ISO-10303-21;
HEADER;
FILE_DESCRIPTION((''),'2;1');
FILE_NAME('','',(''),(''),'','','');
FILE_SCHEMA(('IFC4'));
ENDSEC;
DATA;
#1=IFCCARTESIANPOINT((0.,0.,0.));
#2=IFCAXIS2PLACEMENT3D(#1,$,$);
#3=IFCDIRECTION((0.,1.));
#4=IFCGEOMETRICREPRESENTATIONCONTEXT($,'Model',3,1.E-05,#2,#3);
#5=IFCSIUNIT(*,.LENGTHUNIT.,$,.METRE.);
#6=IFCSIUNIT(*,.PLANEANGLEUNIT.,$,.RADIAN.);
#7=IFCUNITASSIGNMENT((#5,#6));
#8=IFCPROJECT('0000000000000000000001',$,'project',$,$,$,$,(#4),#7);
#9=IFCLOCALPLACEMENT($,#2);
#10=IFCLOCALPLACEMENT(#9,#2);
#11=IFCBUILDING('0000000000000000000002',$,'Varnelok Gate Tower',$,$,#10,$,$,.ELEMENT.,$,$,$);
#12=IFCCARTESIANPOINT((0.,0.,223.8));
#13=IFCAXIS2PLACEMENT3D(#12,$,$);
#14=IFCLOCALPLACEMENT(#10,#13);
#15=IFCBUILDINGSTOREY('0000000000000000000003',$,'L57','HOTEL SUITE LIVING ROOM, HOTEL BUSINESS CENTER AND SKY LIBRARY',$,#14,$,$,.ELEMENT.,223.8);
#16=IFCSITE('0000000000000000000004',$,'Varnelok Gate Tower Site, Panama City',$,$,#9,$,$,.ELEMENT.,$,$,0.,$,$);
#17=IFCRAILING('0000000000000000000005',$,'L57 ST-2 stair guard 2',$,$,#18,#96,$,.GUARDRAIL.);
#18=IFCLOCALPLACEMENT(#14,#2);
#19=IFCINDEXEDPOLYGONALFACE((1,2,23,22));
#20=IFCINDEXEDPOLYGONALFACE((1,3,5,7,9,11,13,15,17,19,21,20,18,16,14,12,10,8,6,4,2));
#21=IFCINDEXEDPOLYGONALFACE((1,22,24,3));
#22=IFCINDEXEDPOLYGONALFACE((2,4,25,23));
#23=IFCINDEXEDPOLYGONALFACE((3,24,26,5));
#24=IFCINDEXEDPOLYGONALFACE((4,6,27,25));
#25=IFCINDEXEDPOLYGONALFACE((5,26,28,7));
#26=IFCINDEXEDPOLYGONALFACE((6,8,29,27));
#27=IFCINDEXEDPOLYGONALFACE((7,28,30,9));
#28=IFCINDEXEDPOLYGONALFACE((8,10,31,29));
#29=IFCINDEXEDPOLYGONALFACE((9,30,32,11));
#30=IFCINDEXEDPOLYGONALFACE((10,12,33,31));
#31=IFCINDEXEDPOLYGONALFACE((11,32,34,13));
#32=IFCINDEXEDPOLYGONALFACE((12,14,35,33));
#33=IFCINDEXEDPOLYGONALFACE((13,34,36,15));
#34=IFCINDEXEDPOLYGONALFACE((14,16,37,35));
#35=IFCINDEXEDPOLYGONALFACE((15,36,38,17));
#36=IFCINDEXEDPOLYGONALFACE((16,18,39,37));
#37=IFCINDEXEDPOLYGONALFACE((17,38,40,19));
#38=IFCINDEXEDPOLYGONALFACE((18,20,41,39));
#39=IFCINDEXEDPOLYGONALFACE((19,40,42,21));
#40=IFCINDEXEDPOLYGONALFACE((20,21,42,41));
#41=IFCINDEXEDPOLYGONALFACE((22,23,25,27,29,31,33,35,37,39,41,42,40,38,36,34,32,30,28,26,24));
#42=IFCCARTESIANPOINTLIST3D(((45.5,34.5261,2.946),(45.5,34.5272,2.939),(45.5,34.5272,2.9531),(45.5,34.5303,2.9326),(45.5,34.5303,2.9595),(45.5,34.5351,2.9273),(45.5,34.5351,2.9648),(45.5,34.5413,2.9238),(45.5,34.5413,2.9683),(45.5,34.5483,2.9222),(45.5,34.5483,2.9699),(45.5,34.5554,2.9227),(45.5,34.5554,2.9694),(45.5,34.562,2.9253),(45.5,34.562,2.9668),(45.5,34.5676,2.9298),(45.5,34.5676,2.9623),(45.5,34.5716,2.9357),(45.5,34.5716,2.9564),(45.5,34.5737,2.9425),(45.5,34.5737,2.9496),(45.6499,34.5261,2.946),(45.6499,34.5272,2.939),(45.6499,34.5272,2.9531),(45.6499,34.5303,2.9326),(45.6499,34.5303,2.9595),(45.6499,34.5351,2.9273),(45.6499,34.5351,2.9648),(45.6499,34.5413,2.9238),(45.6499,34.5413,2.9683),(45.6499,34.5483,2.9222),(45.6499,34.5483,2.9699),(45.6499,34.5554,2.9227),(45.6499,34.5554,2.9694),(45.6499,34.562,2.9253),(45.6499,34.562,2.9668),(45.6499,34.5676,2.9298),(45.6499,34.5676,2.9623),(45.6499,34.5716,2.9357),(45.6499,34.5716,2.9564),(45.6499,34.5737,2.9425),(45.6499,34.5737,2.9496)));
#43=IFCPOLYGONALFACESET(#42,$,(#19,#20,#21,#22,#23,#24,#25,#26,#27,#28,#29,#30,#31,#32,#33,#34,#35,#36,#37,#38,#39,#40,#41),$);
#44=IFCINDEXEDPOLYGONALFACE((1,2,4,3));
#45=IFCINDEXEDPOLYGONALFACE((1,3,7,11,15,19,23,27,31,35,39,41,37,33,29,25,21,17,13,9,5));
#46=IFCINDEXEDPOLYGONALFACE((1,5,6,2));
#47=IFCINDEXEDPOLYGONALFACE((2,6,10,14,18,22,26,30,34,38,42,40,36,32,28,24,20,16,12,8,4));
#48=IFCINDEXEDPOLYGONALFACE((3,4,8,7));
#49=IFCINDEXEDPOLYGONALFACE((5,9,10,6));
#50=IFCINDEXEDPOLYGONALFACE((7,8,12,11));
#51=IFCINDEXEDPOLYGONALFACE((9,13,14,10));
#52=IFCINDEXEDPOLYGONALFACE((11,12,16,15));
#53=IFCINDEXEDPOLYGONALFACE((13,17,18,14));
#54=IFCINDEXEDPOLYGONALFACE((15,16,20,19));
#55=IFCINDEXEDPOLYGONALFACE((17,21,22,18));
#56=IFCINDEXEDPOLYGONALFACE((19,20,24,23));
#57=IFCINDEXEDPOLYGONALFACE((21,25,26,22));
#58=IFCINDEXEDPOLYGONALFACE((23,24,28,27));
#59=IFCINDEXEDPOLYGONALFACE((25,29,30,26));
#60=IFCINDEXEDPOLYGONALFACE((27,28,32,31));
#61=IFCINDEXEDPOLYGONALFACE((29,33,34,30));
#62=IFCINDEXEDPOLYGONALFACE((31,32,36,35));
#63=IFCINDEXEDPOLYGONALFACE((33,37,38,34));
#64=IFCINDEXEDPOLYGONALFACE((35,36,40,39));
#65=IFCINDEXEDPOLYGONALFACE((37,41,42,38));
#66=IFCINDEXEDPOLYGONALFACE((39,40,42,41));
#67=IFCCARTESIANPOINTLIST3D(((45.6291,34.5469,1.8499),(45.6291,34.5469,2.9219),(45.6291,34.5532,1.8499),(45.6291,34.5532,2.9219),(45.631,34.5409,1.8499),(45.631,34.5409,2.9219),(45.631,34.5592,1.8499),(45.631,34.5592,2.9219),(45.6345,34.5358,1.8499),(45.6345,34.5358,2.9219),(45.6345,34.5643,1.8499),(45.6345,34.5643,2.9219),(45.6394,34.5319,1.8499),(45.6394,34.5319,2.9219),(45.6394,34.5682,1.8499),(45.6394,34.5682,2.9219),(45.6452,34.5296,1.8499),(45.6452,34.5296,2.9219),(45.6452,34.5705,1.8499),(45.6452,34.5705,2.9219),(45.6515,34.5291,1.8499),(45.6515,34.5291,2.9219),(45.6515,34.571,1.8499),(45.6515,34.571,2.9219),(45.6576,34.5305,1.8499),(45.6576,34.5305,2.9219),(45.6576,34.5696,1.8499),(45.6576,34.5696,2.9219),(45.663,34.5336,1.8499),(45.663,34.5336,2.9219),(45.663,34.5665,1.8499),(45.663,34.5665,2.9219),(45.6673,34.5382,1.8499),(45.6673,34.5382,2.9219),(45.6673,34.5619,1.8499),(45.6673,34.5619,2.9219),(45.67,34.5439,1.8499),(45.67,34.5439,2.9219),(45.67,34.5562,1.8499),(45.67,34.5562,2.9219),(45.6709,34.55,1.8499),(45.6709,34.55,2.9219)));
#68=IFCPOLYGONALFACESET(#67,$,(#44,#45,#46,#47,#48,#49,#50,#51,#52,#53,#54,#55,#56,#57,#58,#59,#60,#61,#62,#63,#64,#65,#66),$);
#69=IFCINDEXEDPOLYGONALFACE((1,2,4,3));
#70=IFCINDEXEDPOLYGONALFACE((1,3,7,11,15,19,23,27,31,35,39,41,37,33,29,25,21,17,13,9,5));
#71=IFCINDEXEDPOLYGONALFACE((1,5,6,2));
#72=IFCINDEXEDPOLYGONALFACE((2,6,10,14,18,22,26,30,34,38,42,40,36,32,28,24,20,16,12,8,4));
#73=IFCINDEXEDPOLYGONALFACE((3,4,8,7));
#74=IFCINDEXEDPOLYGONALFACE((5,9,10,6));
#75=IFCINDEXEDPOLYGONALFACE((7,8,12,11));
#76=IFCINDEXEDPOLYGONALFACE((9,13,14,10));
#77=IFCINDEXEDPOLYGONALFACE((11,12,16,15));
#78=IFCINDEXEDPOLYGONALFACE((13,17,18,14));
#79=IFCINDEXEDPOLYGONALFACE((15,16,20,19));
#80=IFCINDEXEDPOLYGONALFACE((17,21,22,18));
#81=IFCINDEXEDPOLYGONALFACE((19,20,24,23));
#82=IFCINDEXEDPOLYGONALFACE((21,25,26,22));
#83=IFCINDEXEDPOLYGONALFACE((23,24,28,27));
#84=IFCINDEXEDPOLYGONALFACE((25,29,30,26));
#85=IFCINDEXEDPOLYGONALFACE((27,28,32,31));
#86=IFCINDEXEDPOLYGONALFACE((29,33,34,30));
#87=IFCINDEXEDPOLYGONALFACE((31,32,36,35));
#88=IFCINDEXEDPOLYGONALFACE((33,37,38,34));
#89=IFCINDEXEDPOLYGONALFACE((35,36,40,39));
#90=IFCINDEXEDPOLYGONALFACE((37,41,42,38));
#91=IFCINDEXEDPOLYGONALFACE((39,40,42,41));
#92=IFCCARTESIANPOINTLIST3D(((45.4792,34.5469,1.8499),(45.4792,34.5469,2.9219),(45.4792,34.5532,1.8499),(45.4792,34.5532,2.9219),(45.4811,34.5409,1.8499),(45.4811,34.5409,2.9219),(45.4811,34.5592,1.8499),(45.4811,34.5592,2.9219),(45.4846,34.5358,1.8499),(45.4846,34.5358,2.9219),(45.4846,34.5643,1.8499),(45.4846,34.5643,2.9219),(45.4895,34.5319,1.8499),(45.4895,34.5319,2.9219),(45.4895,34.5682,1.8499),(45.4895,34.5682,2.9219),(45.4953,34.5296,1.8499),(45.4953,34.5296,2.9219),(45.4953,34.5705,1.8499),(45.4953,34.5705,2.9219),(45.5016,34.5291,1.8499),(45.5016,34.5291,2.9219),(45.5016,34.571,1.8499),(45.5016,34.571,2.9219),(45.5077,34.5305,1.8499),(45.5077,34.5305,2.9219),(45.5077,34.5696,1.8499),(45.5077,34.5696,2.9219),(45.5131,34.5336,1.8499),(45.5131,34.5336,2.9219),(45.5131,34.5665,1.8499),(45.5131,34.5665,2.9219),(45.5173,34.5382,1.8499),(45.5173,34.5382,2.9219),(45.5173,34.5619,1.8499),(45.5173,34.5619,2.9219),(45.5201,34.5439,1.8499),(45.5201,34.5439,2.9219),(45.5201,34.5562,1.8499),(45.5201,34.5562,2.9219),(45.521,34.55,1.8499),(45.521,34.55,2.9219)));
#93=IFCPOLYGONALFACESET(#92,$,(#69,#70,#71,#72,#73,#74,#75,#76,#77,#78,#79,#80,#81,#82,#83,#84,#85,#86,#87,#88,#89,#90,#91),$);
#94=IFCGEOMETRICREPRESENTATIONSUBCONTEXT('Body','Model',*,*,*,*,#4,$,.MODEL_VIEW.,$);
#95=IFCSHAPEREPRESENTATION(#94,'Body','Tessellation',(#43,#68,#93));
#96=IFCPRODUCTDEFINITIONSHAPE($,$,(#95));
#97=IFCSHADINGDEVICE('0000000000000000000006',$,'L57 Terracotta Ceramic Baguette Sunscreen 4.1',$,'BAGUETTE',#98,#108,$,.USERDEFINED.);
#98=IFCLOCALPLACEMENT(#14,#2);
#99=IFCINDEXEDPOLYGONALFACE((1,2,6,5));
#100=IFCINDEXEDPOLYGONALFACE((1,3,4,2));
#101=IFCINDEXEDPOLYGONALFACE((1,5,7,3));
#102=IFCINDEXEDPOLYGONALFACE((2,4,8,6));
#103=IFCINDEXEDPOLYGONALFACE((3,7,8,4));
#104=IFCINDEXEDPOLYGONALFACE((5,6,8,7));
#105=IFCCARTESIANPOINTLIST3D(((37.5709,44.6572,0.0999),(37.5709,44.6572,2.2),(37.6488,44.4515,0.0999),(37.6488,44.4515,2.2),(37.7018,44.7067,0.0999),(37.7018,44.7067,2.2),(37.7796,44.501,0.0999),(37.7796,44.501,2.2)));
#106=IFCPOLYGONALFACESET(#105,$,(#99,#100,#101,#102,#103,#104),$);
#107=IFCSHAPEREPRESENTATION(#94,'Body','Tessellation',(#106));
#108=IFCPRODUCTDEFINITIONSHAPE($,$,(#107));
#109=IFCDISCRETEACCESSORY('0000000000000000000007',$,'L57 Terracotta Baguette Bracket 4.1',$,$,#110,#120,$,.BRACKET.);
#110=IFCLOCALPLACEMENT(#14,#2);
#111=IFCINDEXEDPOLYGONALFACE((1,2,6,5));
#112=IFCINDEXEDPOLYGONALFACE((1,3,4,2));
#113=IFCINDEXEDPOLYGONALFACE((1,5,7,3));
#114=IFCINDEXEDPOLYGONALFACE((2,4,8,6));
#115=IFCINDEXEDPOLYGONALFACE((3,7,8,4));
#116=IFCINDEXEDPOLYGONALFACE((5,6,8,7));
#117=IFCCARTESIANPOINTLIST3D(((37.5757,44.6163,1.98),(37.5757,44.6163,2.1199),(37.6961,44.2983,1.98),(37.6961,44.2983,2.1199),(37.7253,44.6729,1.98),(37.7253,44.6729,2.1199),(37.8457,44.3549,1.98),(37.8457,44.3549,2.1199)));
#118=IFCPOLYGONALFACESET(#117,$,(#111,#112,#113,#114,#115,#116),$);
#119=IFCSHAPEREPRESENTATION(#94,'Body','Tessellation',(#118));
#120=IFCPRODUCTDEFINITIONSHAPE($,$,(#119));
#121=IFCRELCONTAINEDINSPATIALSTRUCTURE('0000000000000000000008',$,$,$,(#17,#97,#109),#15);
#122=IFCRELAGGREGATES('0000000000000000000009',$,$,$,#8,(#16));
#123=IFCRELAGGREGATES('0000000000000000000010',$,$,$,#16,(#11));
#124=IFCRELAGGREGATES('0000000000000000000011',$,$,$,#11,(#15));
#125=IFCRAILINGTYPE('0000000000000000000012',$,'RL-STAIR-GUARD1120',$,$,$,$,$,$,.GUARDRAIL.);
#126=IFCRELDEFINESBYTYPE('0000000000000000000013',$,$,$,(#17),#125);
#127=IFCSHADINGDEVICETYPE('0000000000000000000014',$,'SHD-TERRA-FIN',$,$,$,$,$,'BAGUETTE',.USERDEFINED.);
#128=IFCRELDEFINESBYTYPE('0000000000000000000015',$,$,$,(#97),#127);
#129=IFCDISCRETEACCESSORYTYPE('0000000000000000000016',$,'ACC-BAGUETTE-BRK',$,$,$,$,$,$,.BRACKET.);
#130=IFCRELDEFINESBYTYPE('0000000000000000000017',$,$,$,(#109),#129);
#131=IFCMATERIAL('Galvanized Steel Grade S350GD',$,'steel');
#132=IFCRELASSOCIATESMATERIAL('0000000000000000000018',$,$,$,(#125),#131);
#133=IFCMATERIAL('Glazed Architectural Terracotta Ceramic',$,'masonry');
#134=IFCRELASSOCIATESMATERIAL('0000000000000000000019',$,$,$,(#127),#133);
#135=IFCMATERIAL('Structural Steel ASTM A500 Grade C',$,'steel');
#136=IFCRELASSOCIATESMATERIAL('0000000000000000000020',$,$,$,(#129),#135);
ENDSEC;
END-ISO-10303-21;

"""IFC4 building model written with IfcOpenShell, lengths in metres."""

from ifc_helpers import new_model, si_unit, direction, frame, origin, origin_2d, place, context, subcontext, project, spatial, rectangle, circle, extrude, source, transform, mapped, material, type_object, element, save


model = new_model("IFC4")

# Units and contexts
model_context = context("Model", 3, precision=1e-05, world=origin(), true_north=direction((0.0, 1.0)))
body_context = subcontext(model_context, "Body", "Model", "MODEL_VIEW")
ifc_project = project(units=[si_unit("LENGTHUNIT", "METRE"), si_unit("PLANEANGLEUNIT", "RADIAN")], contexts=[model_context])

# Site, building, storey
site_placement = place(None, origin())
site = spatial("IfcSite", under=ifc_project, at=site_placement, Name="Varnelok Gate Tower Site, Panama City", CompositionType="ELEMENT", RefElevation=0.0)
building_placement = place(site_placement, origin())
building = spatial("IfcBuilding", under=site, at=building_placement, Name="Varnelok Gate Tower", CompositionType="ELEMENT")
storey_placement = place(building_placement, frame((0.0, 0.0, 223.8)))
storey = spatial("IfcBuildingStorey", under=building, at=storey_placement, Name="L57", Description="HOTEL SUITE LIVING ROOM, HOTEL BUSINESS CENTER AND SKY LIBRARY", CompositionType="ELEMENT", Elevation=223.8)

# Shared definitions
ifc_material_1 = material(Name="Galvanized Steel Grade S350GD", Category="steel")

# Railing
railing_type = type_object("IfcRailingType", Name="RL-STAIR-GUARD1120", PredefinedType="GUARDRAIL", material=ifc_material_1)
railing_placement = place(storey_placement, frame((45.6499, 34.55, 1.8499)))
element("IfcRailing", 1, at=railing_placement, inside=storey, type_object=railing_type, Name="L57 ST-2 stair guard 2", PredefinedType="GUARDRAIL", context=body_context, shape_type="SweptSolid", body=[
    extrude(circle(Radius=0.0239, at=origin_2d()), frame((0.0, 0.0, 1.0962), z_axis=(-1.0, 0.0, 0.0), x_axis=(0.0, -1.0, 0.0)), (0.0, 0.0, 1.0), 0.1499),
    extrude(circle(Radius=0.021, at=origin_2d()), origin(), (0.0, 0.0, 1.0), 1.072),
    extrude(circle(Radius=0.021, at=origin_2d()), frame((-0.1499, 0.0, 0.0)), (0.0, 0.0, 1.0), 1.072),
])

# Shading device
ifc_material_2 = material(Name="Glazed Architectural Terracotta Ceramic", Category="masonry")
shading_device_type = type_object("IfcShadingDeviceType", Name="SHD-TERRA-FIN", ElementType="BAGUETTE", PredefinedType="USERDEFINED", material=ifc_material_2)
shared_shape_1 = source(origin(), body_context, "Body", "SweptSolid", [
    extrude(rectangle(XDim=0.1399, YDim=0.22, at=origin_2d()), origin(), (0.0, 0.0, 1.0), 2.1001),
])
shading_device_placement = place(storey_placement, frame((37.6753, 44.5791, 0.0999), z_axis=(0.0, 0.0, 1.0), x_axis=(0.935222, 0.354063, 0.0)))
element("IfcShadingDevice", 2, at=shading_device_placement, inside=storey, type_object=shading_device_type, Name="L57 Terracotta Ceramic Baguette Sunscreen 4.1", ObjectType="BAGUETTE", PredefinedType="USERDEFINED", context=body_context, shape_type="MappedRepresentation", body=[
    mapped(shared_shape_1, transform((0.0, 0.0, 0.0), scale=1.0)),
])

# Discrete accessory
ifc_material_3 = material(Name="Structural Steel ASTM A500 Grade C", Category="steel")
discrete_accessory_type = type_object("IfcDiscreteAccessoryType", Name="ACC-BAGUETTE-BRK", PredefinedType="BRACKET", material=ifc_material_3)
shared_shape_2 = source(origin(), body_context, "Body", "SweptSolid", [
    extrude(rectangle(XDim=0.1599, YDim=0.3401, at=origin_2d()), origin(), (0.0, 0.0, 1.0), 0.1399),
])
discrete_accessory_placement = place(storey_placement, frame((37.7107, 44.4856, 1.98), z_axis=(0.0, 0.0, 1.0), x_axis=(0.935222, 0.354063, 0.0)))
element("IfcDiscreteAccessory", 3, at=discrete_accessory_placement, inside=storey, type_object=discrete_accessory_type, Name="L57 Terracotta Baguette Bracket 4.1", PredefinedType="BRACKET", context=body_context, shape_type="MappedRepresentation", body=[
    mapped(shared_shape_2, transform((0.0, 0.0, 0.0), scale=1.0)),
])

save(model, "model.ifc")
